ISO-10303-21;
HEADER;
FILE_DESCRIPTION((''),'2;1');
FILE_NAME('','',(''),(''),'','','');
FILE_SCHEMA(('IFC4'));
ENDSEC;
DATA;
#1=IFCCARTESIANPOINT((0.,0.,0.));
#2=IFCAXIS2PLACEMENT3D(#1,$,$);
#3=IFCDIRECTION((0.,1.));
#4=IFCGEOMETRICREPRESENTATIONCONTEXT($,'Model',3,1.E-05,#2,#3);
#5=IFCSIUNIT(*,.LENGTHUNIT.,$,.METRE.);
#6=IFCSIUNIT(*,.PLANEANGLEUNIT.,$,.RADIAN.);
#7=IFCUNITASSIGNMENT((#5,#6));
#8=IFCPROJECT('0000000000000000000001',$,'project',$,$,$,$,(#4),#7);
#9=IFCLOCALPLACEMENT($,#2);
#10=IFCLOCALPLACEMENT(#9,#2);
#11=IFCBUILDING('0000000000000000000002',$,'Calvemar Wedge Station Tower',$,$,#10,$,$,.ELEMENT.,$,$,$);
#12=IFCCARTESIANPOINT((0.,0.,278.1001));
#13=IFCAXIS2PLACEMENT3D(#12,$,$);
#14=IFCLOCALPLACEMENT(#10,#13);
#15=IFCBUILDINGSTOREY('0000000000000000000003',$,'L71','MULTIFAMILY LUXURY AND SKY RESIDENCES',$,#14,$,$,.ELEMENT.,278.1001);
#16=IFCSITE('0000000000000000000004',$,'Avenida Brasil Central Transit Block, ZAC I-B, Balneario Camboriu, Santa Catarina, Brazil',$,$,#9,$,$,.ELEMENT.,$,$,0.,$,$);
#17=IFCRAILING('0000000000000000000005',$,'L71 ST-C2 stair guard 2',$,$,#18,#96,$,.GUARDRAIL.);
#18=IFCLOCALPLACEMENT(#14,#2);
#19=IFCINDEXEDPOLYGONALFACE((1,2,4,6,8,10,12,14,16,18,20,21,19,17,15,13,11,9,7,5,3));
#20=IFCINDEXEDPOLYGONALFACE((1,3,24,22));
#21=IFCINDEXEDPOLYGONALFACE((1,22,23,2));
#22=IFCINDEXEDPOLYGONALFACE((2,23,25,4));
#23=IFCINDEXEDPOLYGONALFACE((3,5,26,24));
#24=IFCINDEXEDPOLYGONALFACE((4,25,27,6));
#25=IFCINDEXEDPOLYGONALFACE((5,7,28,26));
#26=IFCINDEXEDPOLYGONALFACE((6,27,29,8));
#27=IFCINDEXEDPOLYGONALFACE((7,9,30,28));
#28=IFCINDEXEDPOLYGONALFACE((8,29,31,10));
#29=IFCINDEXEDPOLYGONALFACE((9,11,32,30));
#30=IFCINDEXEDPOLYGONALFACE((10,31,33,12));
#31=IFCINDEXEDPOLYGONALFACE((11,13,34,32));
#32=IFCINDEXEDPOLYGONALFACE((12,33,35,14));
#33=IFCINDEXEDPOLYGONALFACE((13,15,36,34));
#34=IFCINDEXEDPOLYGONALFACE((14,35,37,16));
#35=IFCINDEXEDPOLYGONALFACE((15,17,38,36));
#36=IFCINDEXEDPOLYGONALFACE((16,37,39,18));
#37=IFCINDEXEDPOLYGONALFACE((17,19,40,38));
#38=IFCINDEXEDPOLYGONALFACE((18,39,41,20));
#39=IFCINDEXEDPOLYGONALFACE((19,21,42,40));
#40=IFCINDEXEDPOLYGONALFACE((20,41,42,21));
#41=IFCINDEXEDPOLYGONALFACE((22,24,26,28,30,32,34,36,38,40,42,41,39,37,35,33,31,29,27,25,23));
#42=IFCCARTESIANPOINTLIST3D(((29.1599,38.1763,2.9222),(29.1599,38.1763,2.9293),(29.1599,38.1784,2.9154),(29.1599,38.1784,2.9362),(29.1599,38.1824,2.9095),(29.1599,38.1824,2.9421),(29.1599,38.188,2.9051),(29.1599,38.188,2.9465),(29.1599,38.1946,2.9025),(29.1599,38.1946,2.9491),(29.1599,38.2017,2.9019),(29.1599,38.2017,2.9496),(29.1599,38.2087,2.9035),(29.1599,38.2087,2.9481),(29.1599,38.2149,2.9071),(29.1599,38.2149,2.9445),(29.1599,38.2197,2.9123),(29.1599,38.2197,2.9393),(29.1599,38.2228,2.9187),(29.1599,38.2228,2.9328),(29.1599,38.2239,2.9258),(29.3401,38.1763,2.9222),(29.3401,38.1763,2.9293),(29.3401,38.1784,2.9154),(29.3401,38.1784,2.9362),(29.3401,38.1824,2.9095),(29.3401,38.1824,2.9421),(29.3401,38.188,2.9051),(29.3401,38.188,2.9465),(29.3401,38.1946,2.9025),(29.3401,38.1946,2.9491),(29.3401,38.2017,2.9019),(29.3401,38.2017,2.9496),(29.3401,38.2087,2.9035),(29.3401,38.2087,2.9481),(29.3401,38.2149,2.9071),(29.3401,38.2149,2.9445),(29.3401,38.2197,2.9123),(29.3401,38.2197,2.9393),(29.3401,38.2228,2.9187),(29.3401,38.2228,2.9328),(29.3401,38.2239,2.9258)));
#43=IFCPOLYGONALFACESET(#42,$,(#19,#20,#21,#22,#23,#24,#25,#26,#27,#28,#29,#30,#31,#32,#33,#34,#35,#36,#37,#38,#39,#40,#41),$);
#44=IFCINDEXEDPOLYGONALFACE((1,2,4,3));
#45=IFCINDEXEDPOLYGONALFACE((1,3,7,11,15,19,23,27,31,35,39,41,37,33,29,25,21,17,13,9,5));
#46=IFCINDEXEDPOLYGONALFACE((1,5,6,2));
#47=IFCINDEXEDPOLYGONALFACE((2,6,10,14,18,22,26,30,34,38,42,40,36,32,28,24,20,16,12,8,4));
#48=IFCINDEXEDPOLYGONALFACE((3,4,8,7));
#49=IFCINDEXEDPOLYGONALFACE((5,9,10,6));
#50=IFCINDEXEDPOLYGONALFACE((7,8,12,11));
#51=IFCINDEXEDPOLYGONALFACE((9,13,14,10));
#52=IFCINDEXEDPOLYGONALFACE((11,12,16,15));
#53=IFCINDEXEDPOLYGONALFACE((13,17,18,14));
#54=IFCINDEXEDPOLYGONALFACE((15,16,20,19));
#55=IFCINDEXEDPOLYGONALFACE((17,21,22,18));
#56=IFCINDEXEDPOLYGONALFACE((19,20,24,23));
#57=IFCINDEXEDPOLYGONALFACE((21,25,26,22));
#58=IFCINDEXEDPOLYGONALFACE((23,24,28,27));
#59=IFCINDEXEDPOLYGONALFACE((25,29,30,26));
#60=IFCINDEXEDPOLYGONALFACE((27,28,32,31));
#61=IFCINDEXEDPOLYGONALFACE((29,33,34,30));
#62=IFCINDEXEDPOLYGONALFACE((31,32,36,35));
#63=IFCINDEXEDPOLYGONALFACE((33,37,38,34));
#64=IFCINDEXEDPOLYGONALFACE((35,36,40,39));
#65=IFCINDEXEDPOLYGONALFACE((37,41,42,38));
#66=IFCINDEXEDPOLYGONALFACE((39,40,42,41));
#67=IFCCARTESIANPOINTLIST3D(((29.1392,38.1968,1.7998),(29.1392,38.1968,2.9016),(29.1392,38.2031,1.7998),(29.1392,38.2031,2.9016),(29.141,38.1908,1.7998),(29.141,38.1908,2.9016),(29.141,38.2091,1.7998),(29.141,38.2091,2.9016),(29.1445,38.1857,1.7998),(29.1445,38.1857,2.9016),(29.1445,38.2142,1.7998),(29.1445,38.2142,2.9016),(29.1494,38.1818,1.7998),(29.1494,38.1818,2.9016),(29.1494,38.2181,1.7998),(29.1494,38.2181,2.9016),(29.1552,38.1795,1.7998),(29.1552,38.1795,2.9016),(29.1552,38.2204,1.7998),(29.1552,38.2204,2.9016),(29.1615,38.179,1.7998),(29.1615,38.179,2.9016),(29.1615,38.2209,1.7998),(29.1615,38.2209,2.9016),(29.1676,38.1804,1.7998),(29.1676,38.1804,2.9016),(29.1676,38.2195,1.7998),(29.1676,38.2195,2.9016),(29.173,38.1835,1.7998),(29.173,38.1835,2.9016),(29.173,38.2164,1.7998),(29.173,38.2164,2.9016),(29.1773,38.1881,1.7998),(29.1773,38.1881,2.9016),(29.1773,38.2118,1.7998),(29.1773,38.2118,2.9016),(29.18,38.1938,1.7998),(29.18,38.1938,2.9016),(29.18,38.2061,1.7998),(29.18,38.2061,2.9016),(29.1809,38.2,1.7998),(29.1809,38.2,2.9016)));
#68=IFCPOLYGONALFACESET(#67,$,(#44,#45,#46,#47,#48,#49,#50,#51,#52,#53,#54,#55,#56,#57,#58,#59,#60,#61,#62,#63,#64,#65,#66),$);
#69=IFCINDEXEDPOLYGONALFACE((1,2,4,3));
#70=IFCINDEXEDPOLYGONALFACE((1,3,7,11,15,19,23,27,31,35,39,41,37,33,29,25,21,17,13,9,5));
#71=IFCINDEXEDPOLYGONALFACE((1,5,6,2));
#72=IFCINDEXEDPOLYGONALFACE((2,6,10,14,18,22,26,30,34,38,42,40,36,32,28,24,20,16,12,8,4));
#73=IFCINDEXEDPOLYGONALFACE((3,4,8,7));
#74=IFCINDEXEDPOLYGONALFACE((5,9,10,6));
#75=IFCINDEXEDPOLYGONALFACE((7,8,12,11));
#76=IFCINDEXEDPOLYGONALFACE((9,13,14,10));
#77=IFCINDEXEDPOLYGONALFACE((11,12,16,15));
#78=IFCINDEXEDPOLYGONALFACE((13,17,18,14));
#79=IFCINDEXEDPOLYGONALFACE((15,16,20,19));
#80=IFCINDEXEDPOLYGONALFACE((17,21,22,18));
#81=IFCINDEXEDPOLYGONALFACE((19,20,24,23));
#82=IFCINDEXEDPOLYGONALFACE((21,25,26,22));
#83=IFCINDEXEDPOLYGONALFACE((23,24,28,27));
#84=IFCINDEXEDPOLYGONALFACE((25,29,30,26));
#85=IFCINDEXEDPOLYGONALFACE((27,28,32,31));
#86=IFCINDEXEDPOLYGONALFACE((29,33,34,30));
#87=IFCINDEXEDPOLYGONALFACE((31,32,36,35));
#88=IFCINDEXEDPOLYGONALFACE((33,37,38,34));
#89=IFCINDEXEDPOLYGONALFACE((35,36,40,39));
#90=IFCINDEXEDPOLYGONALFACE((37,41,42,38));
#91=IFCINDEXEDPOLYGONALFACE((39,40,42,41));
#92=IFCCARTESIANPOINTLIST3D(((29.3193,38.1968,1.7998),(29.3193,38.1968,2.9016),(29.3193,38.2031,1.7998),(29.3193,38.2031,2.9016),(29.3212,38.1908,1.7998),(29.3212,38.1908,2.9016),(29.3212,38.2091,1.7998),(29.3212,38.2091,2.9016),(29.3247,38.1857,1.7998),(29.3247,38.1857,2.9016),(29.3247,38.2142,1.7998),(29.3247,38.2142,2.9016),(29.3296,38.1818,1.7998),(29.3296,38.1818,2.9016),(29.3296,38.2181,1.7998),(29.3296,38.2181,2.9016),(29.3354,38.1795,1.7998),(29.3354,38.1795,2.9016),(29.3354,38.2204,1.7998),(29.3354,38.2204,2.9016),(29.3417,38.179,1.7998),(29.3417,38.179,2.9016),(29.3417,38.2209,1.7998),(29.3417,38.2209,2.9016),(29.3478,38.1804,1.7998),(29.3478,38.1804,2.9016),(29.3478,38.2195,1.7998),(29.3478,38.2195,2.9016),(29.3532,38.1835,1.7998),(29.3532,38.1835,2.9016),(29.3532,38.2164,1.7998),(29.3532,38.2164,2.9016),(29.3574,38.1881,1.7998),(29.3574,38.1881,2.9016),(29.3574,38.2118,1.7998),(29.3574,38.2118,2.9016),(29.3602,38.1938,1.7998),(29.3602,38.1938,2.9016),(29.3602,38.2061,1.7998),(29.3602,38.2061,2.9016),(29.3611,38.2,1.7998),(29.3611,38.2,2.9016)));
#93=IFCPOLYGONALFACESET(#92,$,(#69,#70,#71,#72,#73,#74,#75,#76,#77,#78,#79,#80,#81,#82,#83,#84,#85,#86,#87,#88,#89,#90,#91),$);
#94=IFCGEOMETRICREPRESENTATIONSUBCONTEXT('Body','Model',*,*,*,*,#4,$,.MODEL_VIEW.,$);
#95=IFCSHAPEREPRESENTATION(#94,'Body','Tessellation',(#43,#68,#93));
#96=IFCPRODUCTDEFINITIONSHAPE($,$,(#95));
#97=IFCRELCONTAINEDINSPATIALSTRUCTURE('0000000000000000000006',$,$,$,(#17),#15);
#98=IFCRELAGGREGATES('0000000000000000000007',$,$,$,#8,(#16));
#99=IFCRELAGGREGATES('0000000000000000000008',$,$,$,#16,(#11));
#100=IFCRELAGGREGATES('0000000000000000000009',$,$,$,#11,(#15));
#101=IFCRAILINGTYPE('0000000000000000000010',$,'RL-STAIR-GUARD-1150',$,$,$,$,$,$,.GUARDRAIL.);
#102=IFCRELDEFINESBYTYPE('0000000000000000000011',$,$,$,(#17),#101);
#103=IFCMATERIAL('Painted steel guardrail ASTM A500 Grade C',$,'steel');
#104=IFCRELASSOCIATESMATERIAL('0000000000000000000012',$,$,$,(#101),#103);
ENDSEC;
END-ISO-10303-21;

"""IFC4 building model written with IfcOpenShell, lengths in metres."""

from ifc_helpers import new_model, si_unit, direction, frame, origin, origin_2d, place, context, subcontext, project, spatial, circle, extrude, material, type_object, element, save


model = new_model("IFC4")

# Units and contexts
model_context = context("Model", 3, precision=1e-05, world=origin(), true_north=direction((0.0, 1.0)))
body_context = subcontext(model_context, "Body", "Model", "MODEL_VIEW")
ifc_project = project(units=[si_unit("LENGTHUNIT", "METRE"), si_unit("PLANEANGLEUNIT", "RADIAN")], contexts=[model_context])

# Site, building, storey
site_placement = place(None, origin())
site = spatial("IfcSite", under=ifc_project, at=site_placement, Name="Avenida Brasil Central Transit Block, ZAC I-B, Balneario Camboriu, Santa Catarina, Brazil", CompositionType="ELEMENT", RefElevation=0.0)
building_placement = place(site_placement, origin())
building = spatial("IfcBuilding", under=site, at=building_placement, Name="Calvemar Wedge Station Tower", CompositionType="ELEMENT")
storey_placement = place(building_placement, frame((0.0, 0.0, 278.1001)))
storey = spatial("IfcBuildingStorey", under=building, at=storey_placement, Name="L71", Description="MULTIFAMILY LUXURY AND SKY RESIDENCES", CompositionType="ELEMENT", Elevation=278.1001)

# Railing
ifc_material_1 = material(Name="Painted steel guardrail ASTM A500 Grade C", Category="steel")
railing_type_1 = type_object("IfcRailingType", Name="RL-STAIR-GUARD-1150", PredefinedType="GUARDRAIL", material=ifc_material_1)
railing_1_placement = place(storey_placement, frame((29.1599, 38.2, 1.7998)))
element("IfcRailing", 1, at=railing_1_placement, inside=storey, type_object=railing_type_1, Name="L71 ST-C2 stair guard 2", PredefinedType="GUARDRAIL", context=body_context, shape_type="SweptSolid", body=[
    extrude(circle(Radius=0.0239, at=origin_2d()), frame((0.0, 0.0, 1.126), z_axis=(1.0, 0.0, 0.0), x_axis=(0.0, 1.0, 0.0)), (0.0, 0.0, 1.0), 0.1802),
    extrude(circle(Radius=0.021, at=origin_2d()), origin(), (0.0, 0.0, 1.0), 1.1018),
    extrude(circle(Radius=0.021, at=origin_2d()), frame((0.1802, 0.0, 0.0)), (0.0, 0.0, 1.0), 1.1018),
])

save(model, "model.ifc")
